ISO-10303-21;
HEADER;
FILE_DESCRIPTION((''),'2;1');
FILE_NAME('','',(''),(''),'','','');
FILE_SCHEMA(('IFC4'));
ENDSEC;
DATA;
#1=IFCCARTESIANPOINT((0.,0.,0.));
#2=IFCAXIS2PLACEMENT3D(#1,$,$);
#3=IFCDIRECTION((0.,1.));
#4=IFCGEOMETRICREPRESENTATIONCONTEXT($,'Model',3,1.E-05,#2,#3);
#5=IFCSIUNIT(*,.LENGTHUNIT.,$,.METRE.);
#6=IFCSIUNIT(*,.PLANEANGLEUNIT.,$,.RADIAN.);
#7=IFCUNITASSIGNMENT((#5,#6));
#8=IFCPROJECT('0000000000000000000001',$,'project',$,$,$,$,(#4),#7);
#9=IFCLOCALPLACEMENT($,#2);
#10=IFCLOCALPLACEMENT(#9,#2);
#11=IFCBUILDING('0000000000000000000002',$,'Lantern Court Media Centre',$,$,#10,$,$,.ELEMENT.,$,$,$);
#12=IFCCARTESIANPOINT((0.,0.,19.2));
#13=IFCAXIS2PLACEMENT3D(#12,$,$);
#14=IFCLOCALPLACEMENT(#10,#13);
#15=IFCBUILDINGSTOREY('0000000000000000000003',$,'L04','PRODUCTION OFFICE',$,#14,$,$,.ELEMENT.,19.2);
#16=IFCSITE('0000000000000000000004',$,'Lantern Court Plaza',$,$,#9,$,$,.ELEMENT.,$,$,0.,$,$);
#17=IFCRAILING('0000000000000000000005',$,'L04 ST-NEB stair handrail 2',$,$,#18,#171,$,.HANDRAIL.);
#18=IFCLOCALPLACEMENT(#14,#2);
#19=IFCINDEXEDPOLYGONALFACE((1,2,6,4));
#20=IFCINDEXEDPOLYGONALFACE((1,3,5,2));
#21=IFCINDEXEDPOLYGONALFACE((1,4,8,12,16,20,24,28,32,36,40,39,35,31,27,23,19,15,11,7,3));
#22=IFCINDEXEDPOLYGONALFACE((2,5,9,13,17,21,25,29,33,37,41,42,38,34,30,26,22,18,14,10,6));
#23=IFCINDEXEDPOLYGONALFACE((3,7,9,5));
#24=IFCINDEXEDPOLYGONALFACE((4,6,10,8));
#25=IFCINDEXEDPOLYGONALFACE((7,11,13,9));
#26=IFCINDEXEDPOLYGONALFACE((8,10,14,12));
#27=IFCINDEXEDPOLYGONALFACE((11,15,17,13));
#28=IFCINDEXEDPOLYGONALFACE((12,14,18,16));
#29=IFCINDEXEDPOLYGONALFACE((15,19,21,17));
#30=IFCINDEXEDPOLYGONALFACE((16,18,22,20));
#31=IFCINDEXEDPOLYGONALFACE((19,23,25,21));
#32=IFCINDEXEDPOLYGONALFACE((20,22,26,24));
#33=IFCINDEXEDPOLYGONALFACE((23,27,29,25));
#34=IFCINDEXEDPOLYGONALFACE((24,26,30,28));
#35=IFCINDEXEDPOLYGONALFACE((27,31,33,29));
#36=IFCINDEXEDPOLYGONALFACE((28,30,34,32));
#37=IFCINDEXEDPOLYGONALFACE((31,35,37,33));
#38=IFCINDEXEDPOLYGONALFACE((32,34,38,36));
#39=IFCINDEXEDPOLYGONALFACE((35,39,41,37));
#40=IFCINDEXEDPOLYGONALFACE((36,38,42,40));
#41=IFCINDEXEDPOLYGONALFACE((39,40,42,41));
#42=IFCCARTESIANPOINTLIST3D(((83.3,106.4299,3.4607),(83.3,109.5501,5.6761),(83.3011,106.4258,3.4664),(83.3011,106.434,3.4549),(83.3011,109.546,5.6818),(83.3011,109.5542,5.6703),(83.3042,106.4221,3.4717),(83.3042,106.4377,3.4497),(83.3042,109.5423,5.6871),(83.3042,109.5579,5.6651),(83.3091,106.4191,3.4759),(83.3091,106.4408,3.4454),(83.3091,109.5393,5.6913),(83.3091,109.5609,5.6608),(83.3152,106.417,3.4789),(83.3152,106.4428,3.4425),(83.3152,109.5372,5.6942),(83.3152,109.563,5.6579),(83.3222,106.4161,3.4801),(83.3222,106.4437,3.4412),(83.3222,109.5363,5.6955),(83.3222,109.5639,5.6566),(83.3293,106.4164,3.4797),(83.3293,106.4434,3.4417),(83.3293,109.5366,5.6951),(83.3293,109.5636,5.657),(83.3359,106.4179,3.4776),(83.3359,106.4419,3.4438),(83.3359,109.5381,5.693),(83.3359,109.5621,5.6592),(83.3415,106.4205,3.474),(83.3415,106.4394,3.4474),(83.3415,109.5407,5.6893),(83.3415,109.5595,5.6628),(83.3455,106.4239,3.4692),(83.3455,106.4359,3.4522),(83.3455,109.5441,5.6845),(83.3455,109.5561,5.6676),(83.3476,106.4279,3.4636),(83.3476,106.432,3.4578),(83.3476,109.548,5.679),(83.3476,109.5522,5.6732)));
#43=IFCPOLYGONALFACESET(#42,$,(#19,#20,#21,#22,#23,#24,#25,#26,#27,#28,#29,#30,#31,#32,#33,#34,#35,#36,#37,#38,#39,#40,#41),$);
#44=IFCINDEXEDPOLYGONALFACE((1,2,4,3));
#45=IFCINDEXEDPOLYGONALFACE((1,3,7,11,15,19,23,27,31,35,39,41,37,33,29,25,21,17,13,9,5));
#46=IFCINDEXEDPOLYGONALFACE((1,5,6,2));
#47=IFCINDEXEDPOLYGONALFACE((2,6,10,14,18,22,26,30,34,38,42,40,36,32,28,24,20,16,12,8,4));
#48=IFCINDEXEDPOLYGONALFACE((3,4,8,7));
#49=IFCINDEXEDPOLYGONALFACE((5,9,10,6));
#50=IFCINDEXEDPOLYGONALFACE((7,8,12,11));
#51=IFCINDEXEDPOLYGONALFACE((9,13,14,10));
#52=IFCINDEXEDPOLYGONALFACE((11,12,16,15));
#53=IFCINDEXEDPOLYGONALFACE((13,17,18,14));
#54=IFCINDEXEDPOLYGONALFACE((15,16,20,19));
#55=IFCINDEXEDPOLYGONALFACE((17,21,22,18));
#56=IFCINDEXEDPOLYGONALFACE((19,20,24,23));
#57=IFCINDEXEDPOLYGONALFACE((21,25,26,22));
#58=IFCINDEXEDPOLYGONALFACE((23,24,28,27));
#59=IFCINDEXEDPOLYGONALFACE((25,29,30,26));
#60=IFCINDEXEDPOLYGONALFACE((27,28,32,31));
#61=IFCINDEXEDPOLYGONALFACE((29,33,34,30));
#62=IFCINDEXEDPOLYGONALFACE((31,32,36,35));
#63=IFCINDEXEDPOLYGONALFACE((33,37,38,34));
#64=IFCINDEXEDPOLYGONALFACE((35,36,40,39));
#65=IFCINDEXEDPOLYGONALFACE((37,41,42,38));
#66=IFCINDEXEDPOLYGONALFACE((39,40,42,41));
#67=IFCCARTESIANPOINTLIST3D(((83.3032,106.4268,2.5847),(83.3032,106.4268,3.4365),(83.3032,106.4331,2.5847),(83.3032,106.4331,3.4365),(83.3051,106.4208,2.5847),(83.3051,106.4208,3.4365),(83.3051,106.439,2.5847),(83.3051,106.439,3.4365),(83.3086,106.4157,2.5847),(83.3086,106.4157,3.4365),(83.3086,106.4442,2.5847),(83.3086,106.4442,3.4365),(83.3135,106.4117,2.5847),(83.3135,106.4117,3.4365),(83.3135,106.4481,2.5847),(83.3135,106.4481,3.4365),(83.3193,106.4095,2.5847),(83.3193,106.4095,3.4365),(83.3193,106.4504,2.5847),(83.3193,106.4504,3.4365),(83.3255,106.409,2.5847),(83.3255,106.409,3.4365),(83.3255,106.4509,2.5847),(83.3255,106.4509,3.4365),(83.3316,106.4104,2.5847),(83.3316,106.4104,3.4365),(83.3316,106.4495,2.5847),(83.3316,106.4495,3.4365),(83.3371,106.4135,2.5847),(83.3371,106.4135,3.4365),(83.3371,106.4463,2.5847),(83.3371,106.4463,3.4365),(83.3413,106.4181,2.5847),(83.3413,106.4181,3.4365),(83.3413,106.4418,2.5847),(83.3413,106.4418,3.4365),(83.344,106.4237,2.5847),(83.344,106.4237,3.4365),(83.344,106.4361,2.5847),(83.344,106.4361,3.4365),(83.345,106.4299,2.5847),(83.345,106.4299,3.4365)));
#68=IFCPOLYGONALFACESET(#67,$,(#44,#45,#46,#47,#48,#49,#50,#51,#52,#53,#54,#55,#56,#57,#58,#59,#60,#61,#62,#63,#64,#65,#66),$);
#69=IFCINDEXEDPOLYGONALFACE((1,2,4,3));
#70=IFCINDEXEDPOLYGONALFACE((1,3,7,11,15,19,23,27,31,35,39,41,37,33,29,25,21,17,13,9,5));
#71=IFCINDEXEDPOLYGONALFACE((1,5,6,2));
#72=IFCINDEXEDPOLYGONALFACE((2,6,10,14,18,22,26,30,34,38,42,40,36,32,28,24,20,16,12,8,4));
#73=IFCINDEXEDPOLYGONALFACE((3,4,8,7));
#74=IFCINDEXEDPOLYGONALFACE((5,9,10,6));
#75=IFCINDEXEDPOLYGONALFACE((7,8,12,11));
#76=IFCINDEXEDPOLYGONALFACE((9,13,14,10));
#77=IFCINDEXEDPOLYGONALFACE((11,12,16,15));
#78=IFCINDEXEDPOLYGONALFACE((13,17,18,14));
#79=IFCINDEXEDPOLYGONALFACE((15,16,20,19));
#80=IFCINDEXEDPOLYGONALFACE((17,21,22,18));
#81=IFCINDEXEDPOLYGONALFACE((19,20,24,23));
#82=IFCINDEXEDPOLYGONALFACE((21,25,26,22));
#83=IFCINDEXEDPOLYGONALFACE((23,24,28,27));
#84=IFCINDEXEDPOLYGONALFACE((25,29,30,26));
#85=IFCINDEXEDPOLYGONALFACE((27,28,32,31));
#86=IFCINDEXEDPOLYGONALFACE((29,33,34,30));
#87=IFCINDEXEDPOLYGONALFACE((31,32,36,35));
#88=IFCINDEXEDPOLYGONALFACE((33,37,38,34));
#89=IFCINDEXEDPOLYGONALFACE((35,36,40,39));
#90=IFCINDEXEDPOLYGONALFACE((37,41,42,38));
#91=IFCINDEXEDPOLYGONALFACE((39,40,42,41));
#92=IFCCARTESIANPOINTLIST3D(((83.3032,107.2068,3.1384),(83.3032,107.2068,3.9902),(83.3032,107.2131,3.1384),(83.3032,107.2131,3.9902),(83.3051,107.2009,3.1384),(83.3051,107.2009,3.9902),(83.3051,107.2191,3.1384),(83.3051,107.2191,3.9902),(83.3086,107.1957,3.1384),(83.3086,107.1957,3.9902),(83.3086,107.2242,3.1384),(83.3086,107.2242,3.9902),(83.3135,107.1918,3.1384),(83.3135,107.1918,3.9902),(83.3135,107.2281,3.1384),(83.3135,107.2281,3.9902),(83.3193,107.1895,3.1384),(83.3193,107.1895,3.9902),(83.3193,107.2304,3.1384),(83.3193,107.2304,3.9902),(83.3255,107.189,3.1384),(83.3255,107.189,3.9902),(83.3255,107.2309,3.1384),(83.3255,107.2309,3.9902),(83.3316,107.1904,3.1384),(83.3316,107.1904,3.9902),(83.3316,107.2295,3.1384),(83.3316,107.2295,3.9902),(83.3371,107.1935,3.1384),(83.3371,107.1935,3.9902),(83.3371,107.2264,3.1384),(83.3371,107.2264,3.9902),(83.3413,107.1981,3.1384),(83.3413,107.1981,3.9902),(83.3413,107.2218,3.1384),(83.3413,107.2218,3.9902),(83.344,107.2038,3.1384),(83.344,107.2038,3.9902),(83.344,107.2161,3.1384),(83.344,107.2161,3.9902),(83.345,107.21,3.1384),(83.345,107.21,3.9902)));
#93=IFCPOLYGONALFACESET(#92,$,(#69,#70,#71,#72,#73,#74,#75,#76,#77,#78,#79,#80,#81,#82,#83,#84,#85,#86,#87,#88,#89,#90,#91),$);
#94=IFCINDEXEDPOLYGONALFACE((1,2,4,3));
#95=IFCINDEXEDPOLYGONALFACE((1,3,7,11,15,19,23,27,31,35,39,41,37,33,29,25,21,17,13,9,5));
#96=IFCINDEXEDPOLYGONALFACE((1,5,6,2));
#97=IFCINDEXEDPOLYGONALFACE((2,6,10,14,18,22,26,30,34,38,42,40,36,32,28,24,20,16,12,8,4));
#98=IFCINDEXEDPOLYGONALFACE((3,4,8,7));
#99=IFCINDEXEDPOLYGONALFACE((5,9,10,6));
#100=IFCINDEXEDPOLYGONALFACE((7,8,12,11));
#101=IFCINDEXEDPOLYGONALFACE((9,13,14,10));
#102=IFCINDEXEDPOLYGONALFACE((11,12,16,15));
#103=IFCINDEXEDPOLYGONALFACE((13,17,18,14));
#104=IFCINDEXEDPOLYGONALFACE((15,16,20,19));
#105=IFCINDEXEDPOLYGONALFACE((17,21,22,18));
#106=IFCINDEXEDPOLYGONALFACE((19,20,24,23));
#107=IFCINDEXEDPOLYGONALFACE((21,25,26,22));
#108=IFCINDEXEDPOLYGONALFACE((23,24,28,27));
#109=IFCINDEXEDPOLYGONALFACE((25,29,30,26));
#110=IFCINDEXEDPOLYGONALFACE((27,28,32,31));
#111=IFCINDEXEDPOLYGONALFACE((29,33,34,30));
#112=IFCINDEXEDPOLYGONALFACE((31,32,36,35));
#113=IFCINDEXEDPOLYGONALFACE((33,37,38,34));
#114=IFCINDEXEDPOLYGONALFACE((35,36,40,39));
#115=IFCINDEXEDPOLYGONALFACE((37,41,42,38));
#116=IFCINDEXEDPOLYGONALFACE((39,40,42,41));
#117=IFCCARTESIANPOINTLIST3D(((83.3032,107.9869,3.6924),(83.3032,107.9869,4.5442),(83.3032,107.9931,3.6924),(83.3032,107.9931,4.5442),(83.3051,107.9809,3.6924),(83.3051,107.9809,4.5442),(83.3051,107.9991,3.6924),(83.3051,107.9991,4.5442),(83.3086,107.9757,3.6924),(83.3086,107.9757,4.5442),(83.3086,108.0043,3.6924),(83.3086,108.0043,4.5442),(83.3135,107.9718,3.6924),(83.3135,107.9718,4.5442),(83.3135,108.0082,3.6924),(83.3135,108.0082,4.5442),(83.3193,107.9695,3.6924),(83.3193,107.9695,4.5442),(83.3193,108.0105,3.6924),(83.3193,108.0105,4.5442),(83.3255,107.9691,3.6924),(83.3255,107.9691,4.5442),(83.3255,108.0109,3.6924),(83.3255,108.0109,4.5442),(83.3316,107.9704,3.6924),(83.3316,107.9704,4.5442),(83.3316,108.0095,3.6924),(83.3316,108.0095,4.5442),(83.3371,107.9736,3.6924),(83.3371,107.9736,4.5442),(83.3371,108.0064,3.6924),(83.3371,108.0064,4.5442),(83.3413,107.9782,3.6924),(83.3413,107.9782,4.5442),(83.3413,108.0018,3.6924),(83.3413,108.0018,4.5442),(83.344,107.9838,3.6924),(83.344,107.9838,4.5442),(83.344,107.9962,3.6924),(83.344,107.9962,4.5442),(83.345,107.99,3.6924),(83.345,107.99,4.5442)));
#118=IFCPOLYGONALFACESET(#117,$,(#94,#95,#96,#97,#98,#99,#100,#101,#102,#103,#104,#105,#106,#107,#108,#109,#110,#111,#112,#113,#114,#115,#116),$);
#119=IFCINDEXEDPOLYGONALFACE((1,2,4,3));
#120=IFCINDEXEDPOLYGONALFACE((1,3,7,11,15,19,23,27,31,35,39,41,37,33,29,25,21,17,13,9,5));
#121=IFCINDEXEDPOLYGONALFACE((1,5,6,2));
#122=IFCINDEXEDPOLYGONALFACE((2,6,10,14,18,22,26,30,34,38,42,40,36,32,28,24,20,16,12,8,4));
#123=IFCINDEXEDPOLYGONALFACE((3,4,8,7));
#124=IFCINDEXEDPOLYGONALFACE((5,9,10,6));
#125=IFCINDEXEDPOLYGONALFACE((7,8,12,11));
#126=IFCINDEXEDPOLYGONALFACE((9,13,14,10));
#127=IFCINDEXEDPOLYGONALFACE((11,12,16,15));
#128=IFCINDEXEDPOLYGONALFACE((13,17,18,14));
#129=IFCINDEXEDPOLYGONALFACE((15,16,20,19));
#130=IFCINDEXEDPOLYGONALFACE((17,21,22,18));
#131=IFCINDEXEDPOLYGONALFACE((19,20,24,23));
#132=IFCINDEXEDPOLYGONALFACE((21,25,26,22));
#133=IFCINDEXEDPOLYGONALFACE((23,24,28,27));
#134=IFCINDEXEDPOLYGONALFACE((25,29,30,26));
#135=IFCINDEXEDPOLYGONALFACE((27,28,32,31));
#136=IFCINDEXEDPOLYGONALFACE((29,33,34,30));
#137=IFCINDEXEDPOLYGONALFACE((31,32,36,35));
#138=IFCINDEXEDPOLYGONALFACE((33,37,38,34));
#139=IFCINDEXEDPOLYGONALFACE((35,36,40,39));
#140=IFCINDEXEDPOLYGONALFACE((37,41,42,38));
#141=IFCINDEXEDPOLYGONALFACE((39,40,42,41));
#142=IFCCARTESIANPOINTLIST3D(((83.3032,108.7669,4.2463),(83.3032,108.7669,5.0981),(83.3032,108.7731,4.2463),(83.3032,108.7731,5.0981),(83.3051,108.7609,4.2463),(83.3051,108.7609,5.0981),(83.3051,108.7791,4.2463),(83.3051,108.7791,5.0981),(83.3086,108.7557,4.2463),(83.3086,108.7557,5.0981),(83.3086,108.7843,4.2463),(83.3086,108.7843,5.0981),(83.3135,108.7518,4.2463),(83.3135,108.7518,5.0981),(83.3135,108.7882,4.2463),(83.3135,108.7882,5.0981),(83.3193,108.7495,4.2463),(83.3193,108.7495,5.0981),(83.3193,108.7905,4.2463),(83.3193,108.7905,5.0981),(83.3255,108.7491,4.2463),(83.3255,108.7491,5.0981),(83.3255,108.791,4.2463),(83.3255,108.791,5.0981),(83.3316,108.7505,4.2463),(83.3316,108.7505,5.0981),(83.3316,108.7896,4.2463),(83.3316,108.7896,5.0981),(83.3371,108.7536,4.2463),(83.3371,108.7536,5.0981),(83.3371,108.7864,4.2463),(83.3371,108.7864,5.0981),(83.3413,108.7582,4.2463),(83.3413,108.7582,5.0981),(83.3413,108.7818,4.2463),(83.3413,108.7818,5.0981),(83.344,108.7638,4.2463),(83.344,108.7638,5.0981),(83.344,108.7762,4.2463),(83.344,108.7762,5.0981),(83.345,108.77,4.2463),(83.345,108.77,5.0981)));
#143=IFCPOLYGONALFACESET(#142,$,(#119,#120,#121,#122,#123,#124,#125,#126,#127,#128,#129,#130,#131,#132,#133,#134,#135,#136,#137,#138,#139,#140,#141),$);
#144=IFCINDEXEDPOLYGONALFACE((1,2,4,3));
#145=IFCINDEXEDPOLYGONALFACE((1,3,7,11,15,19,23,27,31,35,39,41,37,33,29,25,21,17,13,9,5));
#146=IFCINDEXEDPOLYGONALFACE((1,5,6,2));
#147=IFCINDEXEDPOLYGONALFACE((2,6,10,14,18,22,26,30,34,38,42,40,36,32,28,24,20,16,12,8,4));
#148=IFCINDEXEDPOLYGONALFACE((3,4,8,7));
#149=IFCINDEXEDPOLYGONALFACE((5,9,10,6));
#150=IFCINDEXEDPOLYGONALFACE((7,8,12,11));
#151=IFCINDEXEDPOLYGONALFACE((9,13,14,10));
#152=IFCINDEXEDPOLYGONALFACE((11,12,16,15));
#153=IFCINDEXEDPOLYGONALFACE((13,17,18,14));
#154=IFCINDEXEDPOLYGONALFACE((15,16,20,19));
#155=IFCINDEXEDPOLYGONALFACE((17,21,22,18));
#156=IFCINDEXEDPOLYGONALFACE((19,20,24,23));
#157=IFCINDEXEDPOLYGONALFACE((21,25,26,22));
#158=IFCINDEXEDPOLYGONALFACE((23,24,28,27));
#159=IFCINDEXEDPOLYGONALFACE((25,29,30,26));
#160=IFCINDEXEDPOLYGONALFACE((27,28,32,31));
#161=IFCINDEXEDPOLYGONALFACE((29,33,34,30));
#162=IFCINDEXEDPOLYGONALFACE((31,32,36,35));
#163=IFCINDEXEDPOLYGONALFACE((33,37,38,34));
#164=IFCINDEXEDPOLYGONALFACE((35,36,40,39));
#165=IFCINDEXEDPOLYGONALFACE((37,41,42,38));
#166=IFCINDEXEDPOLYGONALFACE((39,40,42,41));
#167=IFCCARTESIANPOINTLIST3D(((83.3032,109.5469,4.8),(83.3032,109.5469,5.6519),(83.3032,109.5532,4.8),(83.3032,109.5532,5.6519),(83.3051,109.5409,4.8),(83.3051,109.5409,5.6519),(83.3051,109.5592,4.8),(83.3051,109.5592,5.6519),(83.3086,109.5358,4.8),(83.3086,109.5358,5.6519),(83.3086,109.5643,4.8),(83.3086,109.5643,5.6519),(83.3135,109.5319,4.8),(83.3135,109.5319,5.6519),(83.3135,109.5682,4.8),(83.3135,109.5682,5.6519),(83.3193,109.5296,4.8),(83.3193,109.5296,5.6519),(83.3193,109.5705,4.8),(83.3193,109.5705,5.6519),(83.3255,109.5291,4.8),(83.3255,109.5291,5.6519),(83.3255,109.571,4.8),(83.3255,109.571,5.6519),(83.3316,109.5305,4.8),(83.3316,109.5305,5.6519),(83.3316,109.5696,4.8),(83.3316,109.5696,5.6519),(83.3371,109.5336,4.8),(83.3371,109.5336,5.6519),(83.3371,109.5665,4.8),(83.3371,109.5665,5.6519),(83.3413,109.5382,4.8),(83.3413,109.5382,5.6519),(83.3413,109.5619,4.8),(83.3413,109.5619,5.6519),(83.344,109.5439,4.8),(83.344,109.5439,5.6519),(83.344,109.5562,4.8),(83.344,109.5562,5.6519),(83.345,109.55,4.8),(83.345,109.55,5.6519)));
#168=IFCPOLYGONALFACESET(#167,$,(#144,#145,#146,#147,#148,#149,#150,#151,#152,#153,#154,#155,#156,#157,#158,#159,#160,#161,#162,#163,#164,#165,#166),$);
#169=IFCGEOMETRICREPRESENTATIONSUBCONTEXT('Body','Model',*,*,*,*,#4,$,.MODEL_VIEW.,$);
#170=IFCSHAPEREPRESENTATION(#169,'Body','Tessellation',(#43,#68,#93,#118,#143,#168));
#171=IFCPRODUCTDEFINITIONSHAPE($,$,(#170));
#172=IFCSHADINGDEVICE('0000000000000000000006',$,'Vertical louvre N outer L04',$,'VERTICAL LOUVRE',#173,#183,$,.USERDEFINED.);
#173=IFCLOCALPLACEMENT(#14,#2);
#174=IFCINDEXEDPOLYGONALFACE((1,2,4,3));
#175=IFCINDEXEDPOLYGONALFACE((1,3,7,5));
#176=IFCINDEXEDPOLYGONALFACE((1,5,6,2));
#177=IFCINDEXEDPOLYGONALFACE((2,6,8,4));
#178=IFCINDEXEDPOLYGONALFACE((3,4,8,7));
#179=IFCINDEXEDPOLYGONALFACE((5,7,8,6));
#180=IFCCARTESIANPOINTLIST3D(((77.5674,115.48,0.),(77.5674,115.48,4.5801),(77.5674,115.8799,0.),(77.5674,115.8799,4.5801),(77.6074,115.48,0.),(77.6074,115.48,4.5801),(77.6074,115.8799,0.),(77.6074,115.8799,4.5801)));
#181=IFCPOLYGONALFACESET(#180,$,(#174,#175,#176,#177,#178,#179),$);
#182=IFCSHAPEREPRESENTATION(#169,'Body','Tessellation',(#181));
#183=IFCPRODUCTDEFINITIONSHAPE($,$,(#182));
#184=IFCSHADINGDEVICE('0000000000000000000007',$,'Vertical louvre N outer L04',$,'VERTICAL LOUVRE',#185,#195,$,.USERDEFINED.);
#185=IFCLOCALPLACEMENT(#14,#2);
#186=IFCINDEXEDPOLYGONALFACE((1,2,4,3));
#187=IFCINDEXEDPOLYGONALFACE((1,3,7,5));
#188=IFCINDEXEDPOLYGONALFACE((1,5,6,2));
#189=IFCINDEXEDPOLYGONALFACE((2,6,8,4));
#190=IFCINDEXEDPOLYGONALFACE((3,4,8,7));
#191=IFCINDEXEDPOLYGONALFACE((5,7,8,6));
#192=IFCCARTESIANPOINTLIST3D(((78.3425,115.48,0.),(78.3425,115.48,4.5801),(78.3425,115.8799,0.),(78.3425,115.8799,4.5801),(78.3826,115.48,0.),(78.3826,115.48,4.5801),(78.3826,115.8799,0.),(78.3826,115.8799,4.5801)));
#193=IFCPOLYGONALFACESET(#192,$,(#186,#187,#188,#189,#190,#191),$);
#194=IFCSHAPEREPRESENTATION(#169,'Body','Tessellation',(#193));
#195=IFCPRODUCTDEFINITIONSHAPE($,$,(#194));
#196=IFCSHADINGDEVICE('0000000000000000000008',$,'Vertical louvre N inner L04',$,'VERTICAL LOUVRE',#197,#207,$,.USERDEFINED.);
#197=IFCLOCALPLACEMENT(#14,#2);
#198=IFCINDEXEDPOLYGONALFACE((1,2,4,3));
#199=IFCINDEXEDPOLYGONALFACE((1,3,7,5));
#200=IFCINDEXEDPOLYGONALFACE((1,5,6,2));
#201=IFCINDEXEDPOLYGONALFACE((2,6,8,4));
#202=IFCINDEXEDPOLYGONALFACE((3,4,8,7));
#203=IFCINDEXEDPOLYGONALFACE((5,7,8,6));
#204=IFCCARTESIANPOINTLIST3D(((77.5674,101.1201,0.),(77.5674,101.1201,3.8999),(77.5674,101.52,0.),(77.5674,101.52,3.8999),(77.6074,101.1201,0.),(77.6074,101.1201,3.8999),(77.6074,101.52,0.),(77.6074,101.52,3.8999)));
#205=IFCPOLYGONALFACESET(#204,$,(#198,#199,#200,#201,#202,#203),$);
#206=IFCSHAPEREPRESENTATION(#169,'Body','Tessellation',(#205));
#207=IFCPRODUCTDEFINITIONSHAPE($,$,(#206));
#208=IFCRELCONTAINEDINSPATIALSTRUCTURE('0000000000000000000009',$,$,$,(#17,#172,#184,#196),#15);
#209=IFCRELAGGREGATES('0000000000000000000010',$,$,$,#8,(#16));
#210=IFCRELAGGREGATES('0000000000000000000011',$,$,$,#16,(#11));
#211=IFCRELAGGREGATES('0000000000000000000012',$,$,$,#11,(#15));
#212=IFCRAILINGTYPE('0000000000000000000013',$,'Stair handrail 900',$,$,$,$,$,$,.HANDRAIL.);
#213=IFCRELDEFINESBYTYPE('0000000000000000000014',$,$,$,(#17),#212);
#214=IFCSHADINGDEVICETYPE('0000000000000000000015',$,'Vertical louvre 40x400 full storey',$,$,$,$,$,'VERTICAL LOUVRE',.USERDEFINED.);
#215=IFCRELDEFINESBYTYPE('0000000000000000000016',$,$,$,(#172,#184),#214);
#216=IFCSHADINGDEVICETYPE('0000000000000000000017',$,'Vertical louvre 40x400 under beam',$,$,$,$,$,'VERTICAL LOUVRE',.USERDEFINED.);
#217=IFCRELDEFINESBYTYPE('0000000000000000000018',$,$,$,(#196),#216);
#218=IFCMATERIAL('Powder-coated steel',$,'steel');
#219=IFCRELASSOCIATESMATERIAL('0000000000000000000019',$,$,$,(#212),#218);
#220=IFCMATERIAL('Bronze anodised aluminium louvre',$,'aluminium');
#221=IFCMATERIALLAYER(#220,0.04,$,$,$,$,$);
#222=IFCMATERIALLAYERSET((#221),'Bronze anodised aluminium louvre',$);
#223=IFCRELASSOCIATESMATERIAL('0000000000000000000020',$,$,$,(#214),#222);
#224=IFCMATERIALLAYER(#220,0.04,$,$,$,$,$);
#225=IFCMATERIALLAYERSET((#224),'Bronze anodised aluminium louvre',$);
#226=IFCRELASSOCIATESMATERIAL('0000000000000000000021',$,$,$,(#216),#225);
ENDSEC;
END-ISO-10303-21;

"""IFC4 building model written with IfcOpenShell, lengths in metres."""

from ifc_helpers import new_model, si_unit, direction, frame, origin, origin_2d, place, context, subcontext, project, spatial, rectangle, circle, extrude, material, layer, layer_set, type_object, element, save


model = new_model("IFC4")

# Units and contexts
model_context = context("Model", 3, precision=1e-05, world=origin(), true_north=direction((0.0, 1.0)))
body_context = subcontext(model_context, "Body", "Model", "MODEL_VIEW")
ifc_project = project(units=[si_unit("LENGTHUNIT", "METRE"), si_unit("PLANEANGLEUNIT", "RADIAN")], contexts=[model_context])

# Site, building, storey
site_placement = place(None, origin())
site = spatial("IfcSite", under=ifc_project, at=site_placement, Name="Lantern Court Plaza", CompositionType="ELEMENT", RefElevation=0.0)
building_placement = place(site_placement, origin())
building = spatial("IfcBuilding", under=site, at=building_placement, Name="Lantern Court Media Centre", CompositionType="ELEMENT")
storey_placement = place(building_placement, frame((0.0, 0.0, 19.2)))
storey = spatial("IfcBuildingStorey", under=building, at=storey_placement, Name="L04", Description="PRODUCTION OFFICE", CompositionType="ELEMENT", Elevation=19.2)

# Shared definitions
ifc_material_1 = material(Name="Powder-coated steel", Category="steel")

# Railing
railing_type_1 = type_object("IfcRailingType", Name="Stair handrail 900", PredefinedType="HANDRAIL", material=ifc_material_1)
railing_1_placement = place(storey_placement, frame((83.324, 106.4299, 2.5847)))
element("IfcRailing", 1, at=railing_1_placement, inside=storey, type_object=railing_type_1, Name="L04 ST-NEB stair handrail 2", PredefinedType="HANDRAIL", context=body_context, shape_type="SweptSolid", body=[
    extrude(circle(Radius=0.0239, at=origin_2d()), frame((0.0, 0.0, 0.876), z_axis=(0.0, 0.815377, 0.57893), x_axis=(-1.0, 0.0, 0.0)), (0.0, 0.0, 1.0), 3.8267),
    extrude(circle(Radius=0.021, at=origin_2d()), origin(), (0.0, 0.0, 1.0), 0.8518),
    extrude(circle(Radius=0.021, at=origin_2d()), frame((0.0, 0.78, 0.5537)), (0.0, 0.0, 1.0), 0.8518),
    extrude(circle(Radius=0.021, at=origin_2d()), frame((0.0, 1.5601, 1.1077)), (0.0, 0.0, 1.0), 0.8518),
    extrude(circle(Radius=0.021, at=origin_2d()), frame((0.0, 2.3401, 1.6616)), (0.0, 0.0, 1.0), 0.8518),
    extrude(circle(Radius=0.021, at=origin_2d()), frame((0.0, 3.1201, 2.2153)), (0.0, 0.0, 1.0), 0.8518),
])

# Shading devices
ifc_material_2 = material(Name="Bronze anodised aluminium louvre", Category="aluminium")
ifc_layer_1 = layer(ifc_material_2, 0.04)
ifc_layer_set_1 = layer_set([ifc_layer_1], Name="Bronze anodised aluminium louvre")
shading_device_type_1 = type_object("IfcShadingDeviceType", Name="Vertical louvre 40x400 full storey", ElementType="VERTICAL LOUVRE", PredefinedType="USERDEFINED", material=ifc_layer_set_1)
for number, where, z_axis, x_axis, name in (
    (2, (77.5874, 115.6799, 0.0), (0.0, 0.0, 1.0), (1.0, 0.0, 0.0), "Vertical louvre N outer L04"),
    (3, (78.3625, 115.6799, 0.0), (0.0, 0.0, 1.0), (1.0, 0.0, 0.0), "Vertical louvre N outer L04"),
):
    element("IfcShadingDevice", number, at=place(storey_placement, frame(where, z_axis=z_axis, x_axis=x_axis)), inside=storey, type_object=shading_device_type_1, Name=name, ObjectType="VERTICAL LOUVRE", PredefinedType="USERDEFINED", context=body_context, shape_type="SweptSolid", body=[
        extrude(rectangle(XDim=0.04, YDim=0.3999, at=origin_2d()), origin(), (0.0, 0.0, 1.0), 4.5801),
    ])
ifc_layer_2 = layer(ifc_material_2, 0.04)
ifc_layer_set_2 = layer_set([ifc_layer_2], Name="Bronze anodised aluminium louvre")
shading_device_type_2 = type_object("IfcShadingDeviceType", Name="Vertical louvre 40x400 under beam", ElementType="VERTICAL LOUVRE", PredefinedType="USERDEFINED", material=ifc_layer_set_2)
for number, where, z_axis, x_axis, name in (
    (4, (77.5874, 101.3201, 0.0), (0.0, 0.0, 1.0), (1.0, 0.0, 0.0), "Vertical louvre N inner L04"),
):
    element("IfcShadingDevice", number, at=place(storey_placement, frame(where, z_axis=z_axis, x_axis=x_axis)), inside=storey, type_object=shading_device_type_2, Name=name, ObjectType="VERTICAL LOUVRE", PredefinedType="USERDEFINED", context=body_context, shape_type="SweptSolid", body=[
        extrude(rectangle(XDim=0.04, YDim=0.3999, at=origin_2d()), origin(), (0.0, 0.0, 1.0), 3.8999),
    ])

save(model, "model.ifc")
